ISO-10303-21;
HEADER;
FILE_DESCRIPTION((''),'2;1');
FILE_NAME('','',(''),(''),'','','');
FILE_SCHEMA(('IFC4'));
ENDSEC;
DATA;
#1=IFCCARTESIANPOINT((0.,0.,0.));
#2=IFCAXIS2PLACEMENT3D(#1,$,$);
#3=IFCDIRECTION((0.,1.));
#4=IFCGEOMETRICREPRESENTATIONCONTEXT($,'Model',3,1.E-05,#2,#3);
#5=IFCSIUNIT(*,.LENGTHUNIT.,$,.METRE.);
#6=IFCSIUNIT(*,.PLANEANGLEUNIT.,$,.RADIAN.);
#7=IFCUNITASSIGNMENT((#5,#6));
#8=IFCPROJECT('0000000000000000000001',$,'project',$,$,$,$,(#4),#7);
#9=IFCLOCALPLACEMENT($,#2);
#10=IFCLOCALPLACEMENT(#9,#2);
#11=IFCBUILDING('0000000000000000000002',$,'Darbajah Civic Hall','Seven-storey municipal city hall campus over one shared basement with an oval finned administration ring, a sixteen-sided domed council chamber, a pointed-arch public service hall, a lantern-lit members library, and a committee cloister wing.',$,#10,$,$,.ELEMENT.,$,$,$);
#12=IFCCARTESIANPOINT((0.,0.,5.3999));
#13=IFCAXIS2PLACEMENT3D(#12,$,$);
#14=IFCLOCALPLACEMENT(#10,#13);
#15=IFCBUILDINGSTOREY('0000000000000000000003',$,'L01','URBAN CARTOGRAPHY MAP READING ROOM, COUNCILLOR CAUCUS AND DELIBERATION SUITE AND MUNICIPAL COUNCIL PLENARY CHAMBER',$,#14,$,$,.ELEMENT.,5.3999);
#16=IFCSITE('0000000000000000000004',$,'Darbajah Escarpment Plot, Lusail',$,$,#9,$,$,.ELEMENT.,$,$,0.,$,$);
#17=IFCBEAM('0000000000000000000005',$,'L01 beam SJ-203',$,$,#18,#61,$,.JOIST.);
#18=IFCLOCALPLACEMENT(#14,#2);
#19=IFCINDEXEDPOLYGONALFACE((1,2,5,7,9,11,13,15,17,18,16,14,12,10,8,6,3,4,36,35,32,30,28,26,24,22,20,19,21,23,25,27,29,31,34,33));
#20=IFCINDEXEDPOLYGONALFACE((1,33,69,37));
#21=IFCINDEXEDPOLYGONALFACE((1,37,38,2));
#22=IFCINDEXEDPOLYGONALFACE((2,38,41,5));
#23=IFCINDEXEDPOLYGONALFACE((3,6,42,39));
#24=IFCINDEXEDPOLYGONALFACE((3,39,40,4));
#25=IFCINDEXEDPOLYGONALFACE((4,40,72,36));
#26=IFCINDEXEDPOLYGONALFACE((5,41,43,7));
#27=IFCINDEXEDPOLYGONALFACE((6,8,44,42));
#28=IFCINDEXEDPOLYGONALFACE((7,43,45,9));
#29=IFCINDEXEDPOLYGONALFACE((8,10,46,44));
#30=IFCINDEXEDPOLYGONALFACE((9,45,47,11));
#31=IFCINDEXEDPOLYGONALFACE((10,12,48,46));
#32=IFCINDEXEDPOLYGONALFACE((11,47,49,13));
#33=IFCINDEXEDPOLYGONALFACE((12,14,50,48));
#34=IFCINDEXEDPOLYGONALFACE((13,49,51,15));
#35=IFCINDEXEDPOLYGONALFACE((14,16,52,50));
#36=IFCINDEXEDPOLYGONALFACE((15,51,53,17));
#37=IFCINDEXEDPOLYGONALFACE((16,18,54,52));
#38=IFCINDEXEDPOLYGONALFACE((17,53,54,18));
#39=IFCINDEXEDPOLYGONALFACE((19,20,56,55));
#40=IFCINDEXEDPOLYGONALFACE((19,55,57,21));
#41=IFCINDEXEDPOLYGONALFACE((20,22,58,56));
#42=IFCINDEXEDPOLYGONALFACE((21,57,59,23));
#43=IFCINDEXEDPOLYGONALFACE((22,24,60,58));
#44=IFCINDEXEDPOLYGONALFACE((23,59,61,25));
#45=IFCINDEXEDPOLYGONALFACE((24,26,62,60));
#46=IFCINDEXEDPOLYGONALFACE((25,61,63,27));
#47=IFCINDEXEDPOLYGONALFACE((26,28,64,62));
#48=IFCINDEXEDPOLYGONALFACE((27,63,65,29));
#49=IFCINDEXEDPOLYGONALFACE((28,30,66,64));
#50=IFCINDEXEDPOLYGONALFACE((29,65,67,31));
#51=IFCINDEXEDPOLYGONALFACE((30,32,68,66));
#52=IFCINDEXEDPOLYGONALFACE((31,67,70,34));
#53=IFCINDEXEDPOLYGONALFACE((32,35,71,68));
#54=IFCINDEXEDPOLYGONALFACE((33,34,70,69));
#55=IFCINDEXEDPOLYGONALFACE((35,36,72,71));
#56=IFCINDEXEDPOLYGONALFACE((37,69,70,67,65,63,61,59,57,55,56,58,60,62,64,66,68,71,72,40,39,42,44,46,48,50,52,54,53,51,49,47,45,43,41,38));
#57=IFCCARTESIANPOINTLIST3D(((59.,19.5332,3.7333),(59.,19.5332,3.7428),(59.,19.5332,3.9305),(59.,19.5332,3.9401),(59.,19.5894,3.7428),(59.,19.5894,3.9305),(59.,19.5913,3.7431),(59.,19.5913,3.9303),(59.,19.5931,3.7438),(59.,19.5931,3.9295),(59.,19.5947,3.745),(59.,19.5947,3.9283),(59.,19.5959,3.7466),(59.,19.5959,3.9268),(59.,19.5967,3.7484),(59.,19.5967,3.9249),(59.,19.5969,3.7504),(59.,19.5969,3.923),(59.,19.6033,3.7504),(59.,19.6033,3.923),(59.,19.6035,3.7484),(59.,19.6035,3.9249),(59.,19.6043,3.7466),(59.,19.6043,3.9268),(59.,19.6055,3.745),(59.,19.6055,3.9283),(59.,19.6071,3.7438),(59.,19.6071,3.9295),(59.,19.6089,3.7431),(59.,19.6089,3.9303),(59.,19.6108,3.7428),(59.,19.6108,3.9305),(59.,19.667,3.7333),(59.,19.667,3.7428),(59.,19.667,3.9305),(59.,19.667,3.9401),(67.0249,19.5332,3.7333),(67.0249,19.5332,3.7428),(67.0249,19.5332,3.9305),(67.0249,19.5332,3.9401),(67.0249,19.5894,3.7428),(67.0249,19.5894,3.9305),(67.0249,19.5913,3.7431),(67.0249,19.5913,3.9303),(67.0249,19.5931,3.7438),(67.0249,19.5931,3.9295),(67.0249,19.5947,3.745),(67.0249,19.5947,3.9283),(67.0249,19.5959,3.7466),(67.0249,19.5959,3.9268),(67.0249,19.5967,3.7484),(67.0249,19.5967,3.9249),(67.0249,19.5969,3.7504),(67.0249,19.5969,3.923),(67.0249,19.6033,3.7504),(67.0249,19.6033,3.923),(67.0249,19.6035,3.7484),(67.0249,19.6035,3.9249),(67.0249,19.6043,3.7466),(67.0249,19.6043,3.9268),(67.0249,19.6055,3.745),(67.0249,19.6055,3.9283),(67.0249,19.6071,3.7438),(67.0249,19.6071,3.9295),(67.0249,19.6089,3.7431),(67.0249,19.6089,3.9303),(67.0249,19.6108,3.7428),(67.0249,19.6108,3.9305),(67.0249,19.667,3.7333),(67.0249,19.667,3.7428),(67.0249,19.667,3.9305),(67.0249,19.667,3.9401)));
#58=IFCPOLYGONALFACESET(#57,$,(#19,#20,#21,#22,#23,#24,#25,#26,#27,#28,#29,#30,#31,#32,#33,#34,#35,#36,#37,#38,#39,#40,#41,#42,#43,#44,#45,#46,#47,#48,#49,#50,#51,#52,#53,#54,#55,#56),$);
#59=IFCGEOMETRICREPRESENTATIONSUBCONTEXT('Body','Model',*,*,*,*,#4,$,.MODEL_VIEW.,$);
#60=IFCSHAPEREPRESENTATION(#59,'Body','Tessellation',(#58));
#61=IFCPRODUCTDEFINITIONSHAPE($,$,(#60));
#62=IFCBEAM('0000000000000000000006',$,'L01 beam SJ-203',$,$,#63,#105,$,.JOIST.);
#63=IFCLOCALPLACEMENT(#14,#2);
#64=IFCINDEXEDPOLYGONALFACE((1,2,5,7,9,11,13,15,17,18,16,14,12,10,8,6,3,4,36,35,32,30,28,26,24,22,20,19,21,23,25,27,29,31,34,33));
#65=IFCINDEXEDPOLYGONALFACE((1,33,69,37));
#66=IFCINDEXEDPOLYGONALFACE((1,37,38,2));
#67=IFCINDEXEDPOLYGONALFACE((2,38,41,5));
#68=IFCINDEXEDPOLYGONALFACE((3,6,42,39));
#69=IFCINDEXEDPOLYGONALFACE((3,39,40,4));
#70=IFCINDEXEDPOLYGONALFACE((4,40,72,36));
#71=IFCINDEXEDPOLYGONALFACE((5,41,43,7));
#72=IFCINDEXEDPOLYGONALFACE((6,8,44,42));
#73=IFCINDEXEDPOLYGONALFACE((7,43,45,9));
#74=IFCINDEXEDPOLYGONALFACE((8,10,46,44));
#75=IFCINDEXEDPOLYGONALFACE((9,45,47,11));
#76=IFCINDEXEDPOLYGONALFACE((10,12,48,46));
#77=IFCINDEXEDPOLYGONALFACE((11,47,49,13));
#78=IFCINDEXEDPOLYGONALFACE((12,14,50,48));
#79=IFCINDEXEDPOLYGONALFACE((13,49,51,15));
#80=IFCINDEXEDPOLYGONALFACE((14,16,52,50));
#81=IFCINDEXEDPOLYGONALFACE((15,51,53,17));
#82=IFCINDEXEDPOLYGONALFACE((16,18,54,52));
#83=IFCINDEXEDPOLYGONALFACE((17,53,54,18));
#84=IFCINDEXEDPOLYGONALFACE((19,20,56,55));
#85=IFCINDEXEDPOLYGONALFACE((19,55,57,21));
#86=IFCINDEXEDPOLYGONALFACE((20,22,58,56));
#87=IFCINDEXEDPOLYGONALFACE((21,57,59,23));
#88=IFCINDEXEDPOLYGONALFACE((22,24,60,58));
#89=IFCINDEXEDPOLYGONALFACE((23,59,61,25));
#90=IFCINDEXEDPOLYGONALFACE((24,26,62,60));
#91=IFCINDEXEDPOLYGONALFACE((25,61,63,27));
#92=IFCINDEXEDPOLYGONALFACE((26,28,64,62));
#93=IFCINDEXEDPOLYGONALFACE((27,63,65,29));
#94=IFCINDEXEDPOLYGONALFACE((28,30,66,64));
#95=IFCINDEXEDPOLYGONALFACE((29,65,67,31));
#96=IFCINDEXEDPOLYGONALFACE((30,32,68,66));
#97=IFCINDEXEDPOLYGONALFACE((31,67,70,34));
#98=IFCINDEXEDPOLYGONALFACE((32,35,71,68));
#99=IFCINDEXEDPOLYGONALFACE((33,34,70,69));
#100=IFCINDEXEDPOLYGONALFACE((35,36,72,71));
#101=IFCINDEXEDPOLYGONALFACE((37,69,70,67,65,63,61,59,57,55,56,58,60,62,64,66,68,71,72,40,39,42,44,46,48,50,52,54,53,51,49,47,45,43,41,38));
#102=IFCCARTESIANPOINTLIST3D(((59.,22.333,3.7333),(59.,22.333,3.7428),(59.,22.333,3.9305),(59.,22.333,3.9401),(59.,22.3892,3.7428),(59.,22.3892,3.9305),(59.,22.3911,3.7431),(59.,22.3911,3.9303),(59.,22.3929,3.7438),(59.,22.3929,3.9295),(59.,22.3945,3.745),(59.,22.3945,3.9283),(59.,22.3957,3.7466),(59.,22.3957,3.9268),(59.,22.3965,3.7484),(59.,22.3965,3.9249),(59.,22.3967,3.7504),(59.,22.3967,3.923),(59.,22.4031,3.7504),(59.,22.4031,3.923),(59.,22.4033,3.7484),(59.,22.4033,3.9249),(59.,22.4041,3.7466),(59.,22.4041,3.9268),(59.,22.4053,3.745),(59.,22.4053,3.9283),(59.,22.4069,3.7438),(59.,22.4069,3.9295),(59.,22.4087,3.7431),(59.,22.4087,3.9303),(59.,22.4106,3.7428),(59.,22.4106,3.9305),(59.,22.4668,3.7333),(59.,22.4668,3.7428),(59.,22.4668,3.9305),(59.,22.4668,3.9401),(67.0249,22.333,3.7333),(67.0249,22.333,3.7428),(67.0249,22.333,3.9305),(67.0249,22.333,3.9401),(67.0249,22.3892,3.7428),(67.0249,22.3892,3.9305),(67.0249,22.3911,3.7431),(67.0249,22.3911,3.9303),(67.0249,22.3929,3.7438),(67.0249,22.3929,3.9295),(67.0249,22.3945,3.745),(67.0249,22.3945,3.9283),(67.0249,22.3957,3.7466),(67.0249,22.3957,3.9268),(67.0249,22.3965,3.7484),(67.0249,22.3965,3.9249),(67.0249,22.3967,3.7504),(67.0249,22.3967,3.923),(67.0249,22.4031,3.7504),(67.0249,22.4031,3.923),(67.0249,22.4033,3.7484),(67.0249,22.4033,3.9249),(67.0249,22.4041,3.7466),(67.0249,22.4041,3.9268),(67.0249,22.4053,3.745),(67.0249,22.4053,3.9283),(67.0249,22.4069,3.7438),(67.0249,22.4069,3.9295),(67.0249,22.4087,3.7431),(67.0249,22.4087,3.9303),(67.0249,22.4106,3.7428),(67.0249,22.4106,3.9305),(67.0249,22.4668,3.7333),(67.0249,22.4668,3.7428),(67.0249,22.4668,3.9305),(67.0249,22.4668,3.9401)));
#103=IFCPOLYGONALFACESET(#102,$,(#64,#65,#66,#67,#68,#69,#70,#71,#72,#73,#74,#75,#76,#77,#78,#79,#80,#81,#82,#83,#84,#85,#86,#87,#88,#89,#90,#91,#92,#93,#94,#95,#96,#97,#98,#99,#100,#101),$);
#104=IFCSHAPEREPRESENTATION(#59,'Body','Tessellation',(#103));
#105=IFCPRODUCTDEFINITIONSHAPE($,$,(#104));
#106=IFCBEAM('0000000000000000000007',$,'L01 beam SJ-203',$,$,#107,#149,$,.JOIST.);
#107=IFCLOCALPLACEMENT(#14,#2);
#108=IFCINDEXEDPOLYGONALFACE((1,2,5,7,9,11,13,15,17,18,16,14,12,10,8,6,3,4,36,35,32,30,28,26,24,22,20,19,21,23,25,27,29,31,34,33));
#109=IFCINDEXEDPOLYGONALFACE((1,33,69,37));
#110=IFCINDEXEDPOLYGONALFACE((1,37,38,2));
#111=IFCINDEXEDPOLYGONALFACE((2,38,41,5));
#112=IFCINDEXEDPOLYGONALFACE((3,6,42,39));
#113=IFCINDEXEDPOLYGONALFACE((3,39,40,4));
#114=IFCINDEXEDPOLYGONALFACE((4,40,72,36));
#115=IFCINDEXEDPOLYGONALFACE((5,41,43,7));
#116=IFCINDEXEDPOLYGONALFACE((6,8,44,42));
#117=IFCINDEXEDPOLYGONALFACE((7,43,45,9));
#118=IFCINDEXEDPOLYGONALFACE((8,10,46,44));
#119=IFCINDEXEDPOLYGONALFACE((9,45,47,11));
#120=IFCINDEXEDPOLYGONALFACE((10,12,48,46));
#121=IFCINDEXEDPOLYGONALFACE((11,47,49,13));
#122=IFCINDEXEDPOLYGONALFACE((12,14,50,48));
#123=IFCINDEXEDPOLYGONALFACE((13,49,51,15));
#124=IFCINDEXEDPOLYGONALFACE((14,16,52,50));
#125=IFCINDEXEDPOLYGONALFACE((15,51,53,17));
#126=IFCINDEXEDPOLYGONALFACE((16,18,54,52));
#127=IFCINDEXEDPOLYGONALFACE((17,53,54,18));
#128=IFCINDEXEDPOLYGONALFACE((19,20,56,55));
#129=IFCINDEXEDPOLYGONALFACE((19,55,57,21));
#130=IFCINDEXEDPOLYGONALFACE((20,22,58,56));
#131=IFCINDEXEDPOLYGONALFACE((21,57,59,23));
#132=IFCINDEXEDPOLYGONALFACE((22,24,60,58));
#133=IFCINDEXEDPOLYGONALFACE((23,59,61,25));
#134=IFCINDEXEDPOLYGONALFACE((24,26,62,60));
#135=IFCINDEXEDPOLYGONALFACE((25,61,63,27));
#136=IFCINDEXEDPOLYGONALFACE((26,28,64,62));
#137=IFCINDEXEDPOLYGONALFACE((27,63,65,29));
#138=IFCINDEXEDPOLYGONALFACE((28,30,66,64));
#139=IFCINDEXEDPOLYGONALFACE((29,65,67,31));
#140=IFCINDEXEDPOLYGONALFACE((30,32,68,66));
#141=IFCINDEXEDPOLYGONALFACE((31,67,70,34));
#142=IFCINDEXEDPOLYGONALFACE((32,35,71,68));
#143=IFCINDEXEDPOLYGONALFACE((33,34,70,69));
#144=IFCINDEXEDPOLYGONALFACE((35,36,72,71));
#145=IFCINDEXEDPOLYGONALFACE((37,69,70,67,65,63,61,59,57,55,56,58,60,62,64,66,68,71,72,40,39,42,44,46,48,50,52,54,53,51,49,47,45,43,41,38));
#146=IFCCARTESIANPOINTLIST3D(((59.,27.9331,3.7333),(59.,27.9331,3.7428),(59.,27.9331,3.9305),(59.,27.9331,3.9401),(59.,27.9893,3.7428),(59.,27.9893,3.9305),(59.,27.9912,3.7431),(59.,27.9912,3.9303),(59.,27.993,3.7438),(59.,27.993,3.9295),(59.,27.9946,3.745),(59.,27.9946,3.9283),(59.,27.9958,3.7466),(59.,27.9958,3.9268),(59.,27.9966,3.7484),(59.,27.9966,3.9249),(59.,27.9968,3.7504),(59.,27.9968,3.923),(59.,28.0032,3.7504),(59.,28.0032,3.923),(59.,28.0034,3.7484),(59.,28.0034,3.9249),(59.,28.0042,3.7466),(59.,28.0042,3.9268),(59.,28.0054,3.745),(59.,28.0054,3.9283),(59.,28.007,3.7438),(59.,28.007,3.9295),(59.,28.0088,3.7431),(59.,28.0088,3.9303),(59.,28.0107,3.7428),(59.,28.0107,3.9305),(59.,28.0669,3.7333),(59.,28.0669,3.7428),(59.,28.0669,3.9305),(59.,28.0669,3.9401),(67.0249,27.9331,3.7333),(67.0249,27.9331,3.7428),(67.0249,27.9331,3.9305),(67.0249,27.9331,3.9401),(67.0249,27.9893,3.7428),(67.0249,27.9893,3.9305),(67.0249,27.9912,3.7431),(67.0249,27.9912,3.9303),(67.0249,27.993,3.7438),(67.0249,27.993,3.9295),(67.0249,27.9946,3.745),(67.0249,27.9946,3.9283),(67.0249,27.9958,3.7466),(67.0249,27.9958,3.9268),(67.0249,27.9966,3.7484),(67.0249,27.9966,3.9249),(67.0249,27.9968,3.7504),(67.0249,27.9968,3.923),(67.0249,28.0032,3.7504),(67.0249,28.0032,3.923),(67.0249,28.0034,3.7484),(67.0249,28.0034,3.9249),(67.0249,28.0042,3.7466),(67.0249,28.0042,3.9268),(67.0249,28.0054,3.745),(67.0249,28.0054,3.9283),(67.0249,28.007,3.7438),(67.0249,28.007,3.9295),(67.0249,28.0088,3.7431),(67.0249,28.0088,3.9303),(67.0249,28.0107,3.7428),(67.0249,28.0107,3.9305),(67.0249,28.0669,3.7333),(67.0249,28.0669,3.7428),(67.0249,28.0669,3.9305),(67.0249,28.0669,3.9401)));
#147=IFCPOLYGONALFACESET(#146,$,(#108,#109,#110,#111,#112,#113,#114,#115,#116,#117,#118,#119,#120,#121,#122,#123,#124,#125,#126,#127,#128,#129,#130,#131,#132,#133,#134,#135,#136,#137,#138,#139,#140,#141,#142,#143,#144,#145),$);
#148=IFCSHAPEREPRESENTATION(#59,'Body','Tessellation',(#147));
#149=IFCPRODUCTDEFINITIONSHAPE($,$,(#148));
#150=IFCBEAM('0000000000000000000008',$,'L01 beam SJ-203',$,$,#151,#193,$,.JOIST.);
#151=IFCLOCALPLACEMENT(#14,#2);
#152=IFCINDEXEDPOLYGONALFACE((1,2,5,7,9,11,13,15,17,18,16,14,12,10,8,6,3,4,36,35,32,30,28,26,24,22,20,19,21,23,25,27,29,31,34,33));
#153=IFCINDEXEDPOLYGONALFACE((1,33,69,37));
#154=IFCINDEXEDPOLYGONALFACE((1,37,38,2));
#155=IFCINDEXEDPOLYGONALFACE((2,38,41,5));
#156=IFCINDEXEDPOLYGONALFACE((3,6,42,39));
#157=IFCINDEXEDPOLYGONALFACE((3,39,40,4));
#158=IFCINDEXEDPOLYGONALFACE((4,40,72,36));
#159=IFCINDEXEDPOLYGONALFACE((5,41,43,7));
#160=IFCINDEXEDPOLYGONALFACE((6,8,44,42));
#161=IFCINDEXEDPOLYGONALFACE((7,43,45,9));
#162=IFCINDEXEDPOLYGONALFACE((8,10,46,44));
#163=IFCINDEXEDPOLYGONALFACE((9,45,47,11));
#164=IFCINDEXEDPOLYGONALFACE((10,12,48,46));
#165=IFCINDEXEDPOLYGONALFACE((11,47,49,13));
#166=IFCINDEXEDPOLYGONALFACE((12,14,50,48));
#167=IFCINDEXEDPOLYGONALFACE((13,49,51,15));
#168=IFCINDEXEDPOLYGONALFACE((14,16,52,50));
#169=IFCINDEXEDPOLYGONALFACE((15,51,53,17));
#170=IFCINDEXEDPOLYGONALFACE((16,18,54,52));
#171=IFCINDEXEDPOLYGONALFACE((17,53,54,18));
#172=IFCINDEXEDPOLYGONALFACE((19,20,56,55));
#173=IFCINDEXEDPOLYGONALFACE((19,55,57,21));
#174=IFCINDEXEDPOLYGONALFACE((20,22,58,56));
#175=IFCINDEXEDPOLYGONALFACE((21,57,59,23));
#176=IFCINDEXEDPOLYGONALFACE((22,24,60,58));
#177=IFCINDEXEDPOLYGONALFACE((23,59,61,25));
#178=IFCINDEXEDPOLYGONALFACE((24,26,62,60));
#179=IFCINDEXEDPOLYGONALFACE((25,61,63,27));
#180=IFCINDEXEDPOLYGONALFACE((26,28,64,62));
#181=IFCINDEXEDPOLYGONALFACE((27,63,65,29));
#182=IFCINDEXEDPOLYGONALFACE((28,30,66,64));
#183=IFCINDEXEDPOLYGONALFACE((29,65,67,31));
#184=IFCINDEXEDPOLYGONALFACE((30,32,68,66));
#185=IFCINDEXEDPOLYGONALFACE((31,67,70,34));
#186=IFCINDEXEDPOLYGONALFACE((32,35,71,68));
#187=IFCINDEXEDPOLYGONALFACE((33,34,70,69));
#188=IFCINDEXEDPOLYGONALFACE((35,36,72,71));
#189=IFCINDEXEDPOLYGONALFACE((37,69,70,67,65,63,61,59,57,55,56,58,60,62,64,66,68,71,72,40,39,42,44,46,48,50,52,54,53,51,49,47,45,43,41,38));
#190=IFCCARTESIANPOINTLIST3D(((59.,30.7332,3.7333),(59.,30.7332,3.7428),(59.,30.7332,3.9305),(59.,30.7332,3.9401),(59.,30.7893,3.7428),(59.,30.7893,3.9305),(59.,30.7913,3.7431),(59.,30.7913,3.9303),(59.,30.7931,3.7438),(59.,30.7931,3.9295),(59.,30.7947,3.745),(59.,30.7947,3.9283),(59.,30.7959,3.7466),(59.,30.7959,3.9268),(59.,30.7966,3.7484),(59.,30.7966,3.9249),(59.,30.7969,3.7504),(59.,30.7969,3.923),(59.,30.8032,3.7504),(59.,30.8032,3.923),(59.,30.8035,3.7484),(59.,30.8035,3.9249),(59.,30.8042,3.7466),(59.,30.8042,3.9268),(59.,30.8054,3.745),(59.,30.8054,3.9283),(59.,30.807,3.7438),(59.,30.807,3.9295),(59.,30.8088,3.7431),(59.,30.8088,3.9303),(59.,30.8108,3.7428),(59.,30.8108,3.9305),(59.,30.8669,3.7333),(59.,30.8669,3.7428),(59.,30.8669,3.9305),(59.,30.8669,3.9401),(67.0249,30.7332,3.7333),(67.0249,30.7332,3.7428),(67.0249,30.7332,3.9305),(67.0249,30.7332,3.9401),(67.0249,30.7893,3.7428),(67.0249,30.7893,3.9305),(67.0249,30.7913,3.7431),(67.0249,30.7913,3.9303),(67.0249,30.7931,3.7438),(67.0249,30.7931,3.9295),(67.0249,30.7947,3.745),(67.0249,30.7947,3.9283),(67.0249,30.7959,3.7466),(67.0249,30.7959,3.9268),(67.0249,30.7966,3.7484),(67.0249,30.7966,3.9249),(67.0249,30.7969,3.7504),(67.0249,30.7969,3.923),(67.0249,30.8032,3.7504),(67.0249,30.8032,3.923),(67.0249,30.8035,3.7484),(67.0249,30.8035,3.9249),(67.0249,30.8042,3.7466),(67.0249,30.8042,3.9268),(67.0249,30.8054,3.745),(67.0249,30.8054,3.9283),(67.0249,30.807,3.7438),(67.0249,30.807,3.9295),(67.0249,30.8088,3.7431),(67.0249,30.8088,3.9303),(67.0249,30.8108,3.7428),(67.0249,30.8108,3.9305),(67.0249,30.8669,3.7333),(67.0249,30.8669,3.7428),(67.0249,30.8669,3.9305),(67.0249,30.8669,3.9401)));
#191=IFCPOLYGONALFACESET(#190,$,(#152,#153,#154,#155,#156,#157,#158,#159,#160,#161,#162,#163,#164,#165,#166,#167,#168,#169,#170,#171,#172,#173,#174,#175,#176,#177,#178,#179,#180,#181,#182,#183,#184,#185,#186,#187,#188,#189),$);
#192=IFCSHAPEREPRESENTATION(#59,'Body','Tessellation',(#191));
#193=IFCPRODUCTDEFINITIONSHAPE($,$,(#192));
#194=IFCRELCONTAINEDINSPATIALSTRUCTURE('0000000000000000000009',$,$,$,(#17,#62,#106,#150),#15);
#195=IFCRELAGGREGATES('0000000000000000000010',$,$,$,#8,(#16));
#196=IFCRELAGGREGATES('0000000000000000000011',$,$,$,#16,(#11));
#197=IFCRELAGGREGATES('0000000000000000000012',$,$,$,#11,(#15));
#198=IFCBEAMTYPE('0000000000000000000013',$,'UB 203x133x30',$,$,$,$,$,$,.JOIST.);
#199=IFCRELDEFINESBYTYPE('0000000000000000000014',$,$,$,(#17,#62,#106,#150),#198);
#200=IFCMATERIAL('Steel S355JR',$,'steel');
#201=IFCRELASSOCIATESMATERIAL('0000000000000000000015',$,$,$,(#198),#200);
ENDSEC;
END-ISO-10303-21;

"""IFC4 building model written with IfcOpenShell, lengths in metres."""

from ifc_helpers import new_model, si_unit, direction, frame, origin, origin_2d, place, context, subcontext, project, spatial, i_section, extrude, material, material_profile, profile_set, type_object, element, save


model = new_model("IFC4")

# Units and contexts
model_context = context("Model", 3, precision=1e-05, world=origin(), true_north=direction((0.0, 1.0)))
body_context = subcontext(model_context, "Body", "Model", "MODEL_VIEW")
ifc_project = project(units=[si_unit("LENGTHUNIT", "METRE"), si_unit("PLANEANGLEUNIT", "RADIAN")], contexts=[model_context])

# Site, building, storey
site_placement = place(None, origin())
site = spatial("IfcSite", under=ifc_project, at=site_placement, Name="Darbajah Escarpment Plot, Lusail", CompositionType="ELEMENT", RefElevation=0.0)
building_placement = place(site_placement, origin())
building = spatial("IfcBuilding", under=site, at=building_placement, Name="Darbajah Civic Hall", Description="Seven-storey municipal city hall campus over one shared basement with an oval finned administration ring, a sixteen-sided domed council chamber, a pointed-arch public service hall, a lantern-lit members library, and a committee cloister wing.", CompositionType="ELEMENT")
storey_placement = place(building_placement, frame((0.0, 0.0, 5.3999)))
storey = spatial("IfcBuildingStorey", under=building, at=storey_placement, Name="L01", Description="URBAN CARTOGRAPHY MAP READING ROOM, COUNCILLOR CAUCUS AND DELIBERATION SUITE AND MUNICIPAL COUNCIL PLENARY CHAMBER", CompositionType="ELEMENT", Elevation=5.3999)

# Beams
ifc_material_1 = material(Name="Steel S355JR", Category="steel")
ifc_material_profile_1 = material_profile(ifc_material_1, i_section(OverallWidth=0.1338, OverallDepth=0.2068, WebThickness=0.0063, FlangeThickness=0.0095, FilletRadius=0.0076, at=origin_2d()), Name="UB 203x133x30")
ifc_profile_set_1 = profile_set([ifc_material_profile_1], Name="Steel S355JR")
beam_type_1 = type_object("IfcBeamType", Name="UB 203x133x30", PredefinedType="JOIST", material=ifc_profile_set_1)
for number, where, z_axis, x_axis, name in (
    (1, (59.0, 19.6001, 3.8367), (1.0, 0.0, 0.0), (0.0, 1.0, 0.0), "L01 beam SJ-203"),
    (2, (59.0, 22.3999, 3.8367), (1.0, 0.0, 0.0), (0.0, 1.0, 0.0), "L01 beam SJ-203"),
    (3, (59.0, 28.0, 3.8367), (1.0, 0.0, 0.0), (0.0, 1.0, 0.0), "L01 beam SJ-203"),
    (4, (59.0, 30.8, 3.8367), (1.0, 0.0, 0.0), (0.0, 1.0, 0.0), "L01 beam SJ-203"),
):
    element("IfcBeam", number, at=place(storey_placement, frame(where, z_axis=z_axis, x_axis=x_axis)), inside=storey, type_object=beam_type_1, Name=name, PredefinedType="JOIST", context=body_context, shape_type="SweptSolid", body=[
        extrude(i_section(OverallWidth=0.1338, OverallDepth=0.2068, WebThickness=0.0063, FlangeThickness=0.0095, FilletRadius=0.0076, at=origin_2d()), origin(), (0.0, 0.0, 1.0), 8.0249),
    ])

save(model, "model.ifc")
